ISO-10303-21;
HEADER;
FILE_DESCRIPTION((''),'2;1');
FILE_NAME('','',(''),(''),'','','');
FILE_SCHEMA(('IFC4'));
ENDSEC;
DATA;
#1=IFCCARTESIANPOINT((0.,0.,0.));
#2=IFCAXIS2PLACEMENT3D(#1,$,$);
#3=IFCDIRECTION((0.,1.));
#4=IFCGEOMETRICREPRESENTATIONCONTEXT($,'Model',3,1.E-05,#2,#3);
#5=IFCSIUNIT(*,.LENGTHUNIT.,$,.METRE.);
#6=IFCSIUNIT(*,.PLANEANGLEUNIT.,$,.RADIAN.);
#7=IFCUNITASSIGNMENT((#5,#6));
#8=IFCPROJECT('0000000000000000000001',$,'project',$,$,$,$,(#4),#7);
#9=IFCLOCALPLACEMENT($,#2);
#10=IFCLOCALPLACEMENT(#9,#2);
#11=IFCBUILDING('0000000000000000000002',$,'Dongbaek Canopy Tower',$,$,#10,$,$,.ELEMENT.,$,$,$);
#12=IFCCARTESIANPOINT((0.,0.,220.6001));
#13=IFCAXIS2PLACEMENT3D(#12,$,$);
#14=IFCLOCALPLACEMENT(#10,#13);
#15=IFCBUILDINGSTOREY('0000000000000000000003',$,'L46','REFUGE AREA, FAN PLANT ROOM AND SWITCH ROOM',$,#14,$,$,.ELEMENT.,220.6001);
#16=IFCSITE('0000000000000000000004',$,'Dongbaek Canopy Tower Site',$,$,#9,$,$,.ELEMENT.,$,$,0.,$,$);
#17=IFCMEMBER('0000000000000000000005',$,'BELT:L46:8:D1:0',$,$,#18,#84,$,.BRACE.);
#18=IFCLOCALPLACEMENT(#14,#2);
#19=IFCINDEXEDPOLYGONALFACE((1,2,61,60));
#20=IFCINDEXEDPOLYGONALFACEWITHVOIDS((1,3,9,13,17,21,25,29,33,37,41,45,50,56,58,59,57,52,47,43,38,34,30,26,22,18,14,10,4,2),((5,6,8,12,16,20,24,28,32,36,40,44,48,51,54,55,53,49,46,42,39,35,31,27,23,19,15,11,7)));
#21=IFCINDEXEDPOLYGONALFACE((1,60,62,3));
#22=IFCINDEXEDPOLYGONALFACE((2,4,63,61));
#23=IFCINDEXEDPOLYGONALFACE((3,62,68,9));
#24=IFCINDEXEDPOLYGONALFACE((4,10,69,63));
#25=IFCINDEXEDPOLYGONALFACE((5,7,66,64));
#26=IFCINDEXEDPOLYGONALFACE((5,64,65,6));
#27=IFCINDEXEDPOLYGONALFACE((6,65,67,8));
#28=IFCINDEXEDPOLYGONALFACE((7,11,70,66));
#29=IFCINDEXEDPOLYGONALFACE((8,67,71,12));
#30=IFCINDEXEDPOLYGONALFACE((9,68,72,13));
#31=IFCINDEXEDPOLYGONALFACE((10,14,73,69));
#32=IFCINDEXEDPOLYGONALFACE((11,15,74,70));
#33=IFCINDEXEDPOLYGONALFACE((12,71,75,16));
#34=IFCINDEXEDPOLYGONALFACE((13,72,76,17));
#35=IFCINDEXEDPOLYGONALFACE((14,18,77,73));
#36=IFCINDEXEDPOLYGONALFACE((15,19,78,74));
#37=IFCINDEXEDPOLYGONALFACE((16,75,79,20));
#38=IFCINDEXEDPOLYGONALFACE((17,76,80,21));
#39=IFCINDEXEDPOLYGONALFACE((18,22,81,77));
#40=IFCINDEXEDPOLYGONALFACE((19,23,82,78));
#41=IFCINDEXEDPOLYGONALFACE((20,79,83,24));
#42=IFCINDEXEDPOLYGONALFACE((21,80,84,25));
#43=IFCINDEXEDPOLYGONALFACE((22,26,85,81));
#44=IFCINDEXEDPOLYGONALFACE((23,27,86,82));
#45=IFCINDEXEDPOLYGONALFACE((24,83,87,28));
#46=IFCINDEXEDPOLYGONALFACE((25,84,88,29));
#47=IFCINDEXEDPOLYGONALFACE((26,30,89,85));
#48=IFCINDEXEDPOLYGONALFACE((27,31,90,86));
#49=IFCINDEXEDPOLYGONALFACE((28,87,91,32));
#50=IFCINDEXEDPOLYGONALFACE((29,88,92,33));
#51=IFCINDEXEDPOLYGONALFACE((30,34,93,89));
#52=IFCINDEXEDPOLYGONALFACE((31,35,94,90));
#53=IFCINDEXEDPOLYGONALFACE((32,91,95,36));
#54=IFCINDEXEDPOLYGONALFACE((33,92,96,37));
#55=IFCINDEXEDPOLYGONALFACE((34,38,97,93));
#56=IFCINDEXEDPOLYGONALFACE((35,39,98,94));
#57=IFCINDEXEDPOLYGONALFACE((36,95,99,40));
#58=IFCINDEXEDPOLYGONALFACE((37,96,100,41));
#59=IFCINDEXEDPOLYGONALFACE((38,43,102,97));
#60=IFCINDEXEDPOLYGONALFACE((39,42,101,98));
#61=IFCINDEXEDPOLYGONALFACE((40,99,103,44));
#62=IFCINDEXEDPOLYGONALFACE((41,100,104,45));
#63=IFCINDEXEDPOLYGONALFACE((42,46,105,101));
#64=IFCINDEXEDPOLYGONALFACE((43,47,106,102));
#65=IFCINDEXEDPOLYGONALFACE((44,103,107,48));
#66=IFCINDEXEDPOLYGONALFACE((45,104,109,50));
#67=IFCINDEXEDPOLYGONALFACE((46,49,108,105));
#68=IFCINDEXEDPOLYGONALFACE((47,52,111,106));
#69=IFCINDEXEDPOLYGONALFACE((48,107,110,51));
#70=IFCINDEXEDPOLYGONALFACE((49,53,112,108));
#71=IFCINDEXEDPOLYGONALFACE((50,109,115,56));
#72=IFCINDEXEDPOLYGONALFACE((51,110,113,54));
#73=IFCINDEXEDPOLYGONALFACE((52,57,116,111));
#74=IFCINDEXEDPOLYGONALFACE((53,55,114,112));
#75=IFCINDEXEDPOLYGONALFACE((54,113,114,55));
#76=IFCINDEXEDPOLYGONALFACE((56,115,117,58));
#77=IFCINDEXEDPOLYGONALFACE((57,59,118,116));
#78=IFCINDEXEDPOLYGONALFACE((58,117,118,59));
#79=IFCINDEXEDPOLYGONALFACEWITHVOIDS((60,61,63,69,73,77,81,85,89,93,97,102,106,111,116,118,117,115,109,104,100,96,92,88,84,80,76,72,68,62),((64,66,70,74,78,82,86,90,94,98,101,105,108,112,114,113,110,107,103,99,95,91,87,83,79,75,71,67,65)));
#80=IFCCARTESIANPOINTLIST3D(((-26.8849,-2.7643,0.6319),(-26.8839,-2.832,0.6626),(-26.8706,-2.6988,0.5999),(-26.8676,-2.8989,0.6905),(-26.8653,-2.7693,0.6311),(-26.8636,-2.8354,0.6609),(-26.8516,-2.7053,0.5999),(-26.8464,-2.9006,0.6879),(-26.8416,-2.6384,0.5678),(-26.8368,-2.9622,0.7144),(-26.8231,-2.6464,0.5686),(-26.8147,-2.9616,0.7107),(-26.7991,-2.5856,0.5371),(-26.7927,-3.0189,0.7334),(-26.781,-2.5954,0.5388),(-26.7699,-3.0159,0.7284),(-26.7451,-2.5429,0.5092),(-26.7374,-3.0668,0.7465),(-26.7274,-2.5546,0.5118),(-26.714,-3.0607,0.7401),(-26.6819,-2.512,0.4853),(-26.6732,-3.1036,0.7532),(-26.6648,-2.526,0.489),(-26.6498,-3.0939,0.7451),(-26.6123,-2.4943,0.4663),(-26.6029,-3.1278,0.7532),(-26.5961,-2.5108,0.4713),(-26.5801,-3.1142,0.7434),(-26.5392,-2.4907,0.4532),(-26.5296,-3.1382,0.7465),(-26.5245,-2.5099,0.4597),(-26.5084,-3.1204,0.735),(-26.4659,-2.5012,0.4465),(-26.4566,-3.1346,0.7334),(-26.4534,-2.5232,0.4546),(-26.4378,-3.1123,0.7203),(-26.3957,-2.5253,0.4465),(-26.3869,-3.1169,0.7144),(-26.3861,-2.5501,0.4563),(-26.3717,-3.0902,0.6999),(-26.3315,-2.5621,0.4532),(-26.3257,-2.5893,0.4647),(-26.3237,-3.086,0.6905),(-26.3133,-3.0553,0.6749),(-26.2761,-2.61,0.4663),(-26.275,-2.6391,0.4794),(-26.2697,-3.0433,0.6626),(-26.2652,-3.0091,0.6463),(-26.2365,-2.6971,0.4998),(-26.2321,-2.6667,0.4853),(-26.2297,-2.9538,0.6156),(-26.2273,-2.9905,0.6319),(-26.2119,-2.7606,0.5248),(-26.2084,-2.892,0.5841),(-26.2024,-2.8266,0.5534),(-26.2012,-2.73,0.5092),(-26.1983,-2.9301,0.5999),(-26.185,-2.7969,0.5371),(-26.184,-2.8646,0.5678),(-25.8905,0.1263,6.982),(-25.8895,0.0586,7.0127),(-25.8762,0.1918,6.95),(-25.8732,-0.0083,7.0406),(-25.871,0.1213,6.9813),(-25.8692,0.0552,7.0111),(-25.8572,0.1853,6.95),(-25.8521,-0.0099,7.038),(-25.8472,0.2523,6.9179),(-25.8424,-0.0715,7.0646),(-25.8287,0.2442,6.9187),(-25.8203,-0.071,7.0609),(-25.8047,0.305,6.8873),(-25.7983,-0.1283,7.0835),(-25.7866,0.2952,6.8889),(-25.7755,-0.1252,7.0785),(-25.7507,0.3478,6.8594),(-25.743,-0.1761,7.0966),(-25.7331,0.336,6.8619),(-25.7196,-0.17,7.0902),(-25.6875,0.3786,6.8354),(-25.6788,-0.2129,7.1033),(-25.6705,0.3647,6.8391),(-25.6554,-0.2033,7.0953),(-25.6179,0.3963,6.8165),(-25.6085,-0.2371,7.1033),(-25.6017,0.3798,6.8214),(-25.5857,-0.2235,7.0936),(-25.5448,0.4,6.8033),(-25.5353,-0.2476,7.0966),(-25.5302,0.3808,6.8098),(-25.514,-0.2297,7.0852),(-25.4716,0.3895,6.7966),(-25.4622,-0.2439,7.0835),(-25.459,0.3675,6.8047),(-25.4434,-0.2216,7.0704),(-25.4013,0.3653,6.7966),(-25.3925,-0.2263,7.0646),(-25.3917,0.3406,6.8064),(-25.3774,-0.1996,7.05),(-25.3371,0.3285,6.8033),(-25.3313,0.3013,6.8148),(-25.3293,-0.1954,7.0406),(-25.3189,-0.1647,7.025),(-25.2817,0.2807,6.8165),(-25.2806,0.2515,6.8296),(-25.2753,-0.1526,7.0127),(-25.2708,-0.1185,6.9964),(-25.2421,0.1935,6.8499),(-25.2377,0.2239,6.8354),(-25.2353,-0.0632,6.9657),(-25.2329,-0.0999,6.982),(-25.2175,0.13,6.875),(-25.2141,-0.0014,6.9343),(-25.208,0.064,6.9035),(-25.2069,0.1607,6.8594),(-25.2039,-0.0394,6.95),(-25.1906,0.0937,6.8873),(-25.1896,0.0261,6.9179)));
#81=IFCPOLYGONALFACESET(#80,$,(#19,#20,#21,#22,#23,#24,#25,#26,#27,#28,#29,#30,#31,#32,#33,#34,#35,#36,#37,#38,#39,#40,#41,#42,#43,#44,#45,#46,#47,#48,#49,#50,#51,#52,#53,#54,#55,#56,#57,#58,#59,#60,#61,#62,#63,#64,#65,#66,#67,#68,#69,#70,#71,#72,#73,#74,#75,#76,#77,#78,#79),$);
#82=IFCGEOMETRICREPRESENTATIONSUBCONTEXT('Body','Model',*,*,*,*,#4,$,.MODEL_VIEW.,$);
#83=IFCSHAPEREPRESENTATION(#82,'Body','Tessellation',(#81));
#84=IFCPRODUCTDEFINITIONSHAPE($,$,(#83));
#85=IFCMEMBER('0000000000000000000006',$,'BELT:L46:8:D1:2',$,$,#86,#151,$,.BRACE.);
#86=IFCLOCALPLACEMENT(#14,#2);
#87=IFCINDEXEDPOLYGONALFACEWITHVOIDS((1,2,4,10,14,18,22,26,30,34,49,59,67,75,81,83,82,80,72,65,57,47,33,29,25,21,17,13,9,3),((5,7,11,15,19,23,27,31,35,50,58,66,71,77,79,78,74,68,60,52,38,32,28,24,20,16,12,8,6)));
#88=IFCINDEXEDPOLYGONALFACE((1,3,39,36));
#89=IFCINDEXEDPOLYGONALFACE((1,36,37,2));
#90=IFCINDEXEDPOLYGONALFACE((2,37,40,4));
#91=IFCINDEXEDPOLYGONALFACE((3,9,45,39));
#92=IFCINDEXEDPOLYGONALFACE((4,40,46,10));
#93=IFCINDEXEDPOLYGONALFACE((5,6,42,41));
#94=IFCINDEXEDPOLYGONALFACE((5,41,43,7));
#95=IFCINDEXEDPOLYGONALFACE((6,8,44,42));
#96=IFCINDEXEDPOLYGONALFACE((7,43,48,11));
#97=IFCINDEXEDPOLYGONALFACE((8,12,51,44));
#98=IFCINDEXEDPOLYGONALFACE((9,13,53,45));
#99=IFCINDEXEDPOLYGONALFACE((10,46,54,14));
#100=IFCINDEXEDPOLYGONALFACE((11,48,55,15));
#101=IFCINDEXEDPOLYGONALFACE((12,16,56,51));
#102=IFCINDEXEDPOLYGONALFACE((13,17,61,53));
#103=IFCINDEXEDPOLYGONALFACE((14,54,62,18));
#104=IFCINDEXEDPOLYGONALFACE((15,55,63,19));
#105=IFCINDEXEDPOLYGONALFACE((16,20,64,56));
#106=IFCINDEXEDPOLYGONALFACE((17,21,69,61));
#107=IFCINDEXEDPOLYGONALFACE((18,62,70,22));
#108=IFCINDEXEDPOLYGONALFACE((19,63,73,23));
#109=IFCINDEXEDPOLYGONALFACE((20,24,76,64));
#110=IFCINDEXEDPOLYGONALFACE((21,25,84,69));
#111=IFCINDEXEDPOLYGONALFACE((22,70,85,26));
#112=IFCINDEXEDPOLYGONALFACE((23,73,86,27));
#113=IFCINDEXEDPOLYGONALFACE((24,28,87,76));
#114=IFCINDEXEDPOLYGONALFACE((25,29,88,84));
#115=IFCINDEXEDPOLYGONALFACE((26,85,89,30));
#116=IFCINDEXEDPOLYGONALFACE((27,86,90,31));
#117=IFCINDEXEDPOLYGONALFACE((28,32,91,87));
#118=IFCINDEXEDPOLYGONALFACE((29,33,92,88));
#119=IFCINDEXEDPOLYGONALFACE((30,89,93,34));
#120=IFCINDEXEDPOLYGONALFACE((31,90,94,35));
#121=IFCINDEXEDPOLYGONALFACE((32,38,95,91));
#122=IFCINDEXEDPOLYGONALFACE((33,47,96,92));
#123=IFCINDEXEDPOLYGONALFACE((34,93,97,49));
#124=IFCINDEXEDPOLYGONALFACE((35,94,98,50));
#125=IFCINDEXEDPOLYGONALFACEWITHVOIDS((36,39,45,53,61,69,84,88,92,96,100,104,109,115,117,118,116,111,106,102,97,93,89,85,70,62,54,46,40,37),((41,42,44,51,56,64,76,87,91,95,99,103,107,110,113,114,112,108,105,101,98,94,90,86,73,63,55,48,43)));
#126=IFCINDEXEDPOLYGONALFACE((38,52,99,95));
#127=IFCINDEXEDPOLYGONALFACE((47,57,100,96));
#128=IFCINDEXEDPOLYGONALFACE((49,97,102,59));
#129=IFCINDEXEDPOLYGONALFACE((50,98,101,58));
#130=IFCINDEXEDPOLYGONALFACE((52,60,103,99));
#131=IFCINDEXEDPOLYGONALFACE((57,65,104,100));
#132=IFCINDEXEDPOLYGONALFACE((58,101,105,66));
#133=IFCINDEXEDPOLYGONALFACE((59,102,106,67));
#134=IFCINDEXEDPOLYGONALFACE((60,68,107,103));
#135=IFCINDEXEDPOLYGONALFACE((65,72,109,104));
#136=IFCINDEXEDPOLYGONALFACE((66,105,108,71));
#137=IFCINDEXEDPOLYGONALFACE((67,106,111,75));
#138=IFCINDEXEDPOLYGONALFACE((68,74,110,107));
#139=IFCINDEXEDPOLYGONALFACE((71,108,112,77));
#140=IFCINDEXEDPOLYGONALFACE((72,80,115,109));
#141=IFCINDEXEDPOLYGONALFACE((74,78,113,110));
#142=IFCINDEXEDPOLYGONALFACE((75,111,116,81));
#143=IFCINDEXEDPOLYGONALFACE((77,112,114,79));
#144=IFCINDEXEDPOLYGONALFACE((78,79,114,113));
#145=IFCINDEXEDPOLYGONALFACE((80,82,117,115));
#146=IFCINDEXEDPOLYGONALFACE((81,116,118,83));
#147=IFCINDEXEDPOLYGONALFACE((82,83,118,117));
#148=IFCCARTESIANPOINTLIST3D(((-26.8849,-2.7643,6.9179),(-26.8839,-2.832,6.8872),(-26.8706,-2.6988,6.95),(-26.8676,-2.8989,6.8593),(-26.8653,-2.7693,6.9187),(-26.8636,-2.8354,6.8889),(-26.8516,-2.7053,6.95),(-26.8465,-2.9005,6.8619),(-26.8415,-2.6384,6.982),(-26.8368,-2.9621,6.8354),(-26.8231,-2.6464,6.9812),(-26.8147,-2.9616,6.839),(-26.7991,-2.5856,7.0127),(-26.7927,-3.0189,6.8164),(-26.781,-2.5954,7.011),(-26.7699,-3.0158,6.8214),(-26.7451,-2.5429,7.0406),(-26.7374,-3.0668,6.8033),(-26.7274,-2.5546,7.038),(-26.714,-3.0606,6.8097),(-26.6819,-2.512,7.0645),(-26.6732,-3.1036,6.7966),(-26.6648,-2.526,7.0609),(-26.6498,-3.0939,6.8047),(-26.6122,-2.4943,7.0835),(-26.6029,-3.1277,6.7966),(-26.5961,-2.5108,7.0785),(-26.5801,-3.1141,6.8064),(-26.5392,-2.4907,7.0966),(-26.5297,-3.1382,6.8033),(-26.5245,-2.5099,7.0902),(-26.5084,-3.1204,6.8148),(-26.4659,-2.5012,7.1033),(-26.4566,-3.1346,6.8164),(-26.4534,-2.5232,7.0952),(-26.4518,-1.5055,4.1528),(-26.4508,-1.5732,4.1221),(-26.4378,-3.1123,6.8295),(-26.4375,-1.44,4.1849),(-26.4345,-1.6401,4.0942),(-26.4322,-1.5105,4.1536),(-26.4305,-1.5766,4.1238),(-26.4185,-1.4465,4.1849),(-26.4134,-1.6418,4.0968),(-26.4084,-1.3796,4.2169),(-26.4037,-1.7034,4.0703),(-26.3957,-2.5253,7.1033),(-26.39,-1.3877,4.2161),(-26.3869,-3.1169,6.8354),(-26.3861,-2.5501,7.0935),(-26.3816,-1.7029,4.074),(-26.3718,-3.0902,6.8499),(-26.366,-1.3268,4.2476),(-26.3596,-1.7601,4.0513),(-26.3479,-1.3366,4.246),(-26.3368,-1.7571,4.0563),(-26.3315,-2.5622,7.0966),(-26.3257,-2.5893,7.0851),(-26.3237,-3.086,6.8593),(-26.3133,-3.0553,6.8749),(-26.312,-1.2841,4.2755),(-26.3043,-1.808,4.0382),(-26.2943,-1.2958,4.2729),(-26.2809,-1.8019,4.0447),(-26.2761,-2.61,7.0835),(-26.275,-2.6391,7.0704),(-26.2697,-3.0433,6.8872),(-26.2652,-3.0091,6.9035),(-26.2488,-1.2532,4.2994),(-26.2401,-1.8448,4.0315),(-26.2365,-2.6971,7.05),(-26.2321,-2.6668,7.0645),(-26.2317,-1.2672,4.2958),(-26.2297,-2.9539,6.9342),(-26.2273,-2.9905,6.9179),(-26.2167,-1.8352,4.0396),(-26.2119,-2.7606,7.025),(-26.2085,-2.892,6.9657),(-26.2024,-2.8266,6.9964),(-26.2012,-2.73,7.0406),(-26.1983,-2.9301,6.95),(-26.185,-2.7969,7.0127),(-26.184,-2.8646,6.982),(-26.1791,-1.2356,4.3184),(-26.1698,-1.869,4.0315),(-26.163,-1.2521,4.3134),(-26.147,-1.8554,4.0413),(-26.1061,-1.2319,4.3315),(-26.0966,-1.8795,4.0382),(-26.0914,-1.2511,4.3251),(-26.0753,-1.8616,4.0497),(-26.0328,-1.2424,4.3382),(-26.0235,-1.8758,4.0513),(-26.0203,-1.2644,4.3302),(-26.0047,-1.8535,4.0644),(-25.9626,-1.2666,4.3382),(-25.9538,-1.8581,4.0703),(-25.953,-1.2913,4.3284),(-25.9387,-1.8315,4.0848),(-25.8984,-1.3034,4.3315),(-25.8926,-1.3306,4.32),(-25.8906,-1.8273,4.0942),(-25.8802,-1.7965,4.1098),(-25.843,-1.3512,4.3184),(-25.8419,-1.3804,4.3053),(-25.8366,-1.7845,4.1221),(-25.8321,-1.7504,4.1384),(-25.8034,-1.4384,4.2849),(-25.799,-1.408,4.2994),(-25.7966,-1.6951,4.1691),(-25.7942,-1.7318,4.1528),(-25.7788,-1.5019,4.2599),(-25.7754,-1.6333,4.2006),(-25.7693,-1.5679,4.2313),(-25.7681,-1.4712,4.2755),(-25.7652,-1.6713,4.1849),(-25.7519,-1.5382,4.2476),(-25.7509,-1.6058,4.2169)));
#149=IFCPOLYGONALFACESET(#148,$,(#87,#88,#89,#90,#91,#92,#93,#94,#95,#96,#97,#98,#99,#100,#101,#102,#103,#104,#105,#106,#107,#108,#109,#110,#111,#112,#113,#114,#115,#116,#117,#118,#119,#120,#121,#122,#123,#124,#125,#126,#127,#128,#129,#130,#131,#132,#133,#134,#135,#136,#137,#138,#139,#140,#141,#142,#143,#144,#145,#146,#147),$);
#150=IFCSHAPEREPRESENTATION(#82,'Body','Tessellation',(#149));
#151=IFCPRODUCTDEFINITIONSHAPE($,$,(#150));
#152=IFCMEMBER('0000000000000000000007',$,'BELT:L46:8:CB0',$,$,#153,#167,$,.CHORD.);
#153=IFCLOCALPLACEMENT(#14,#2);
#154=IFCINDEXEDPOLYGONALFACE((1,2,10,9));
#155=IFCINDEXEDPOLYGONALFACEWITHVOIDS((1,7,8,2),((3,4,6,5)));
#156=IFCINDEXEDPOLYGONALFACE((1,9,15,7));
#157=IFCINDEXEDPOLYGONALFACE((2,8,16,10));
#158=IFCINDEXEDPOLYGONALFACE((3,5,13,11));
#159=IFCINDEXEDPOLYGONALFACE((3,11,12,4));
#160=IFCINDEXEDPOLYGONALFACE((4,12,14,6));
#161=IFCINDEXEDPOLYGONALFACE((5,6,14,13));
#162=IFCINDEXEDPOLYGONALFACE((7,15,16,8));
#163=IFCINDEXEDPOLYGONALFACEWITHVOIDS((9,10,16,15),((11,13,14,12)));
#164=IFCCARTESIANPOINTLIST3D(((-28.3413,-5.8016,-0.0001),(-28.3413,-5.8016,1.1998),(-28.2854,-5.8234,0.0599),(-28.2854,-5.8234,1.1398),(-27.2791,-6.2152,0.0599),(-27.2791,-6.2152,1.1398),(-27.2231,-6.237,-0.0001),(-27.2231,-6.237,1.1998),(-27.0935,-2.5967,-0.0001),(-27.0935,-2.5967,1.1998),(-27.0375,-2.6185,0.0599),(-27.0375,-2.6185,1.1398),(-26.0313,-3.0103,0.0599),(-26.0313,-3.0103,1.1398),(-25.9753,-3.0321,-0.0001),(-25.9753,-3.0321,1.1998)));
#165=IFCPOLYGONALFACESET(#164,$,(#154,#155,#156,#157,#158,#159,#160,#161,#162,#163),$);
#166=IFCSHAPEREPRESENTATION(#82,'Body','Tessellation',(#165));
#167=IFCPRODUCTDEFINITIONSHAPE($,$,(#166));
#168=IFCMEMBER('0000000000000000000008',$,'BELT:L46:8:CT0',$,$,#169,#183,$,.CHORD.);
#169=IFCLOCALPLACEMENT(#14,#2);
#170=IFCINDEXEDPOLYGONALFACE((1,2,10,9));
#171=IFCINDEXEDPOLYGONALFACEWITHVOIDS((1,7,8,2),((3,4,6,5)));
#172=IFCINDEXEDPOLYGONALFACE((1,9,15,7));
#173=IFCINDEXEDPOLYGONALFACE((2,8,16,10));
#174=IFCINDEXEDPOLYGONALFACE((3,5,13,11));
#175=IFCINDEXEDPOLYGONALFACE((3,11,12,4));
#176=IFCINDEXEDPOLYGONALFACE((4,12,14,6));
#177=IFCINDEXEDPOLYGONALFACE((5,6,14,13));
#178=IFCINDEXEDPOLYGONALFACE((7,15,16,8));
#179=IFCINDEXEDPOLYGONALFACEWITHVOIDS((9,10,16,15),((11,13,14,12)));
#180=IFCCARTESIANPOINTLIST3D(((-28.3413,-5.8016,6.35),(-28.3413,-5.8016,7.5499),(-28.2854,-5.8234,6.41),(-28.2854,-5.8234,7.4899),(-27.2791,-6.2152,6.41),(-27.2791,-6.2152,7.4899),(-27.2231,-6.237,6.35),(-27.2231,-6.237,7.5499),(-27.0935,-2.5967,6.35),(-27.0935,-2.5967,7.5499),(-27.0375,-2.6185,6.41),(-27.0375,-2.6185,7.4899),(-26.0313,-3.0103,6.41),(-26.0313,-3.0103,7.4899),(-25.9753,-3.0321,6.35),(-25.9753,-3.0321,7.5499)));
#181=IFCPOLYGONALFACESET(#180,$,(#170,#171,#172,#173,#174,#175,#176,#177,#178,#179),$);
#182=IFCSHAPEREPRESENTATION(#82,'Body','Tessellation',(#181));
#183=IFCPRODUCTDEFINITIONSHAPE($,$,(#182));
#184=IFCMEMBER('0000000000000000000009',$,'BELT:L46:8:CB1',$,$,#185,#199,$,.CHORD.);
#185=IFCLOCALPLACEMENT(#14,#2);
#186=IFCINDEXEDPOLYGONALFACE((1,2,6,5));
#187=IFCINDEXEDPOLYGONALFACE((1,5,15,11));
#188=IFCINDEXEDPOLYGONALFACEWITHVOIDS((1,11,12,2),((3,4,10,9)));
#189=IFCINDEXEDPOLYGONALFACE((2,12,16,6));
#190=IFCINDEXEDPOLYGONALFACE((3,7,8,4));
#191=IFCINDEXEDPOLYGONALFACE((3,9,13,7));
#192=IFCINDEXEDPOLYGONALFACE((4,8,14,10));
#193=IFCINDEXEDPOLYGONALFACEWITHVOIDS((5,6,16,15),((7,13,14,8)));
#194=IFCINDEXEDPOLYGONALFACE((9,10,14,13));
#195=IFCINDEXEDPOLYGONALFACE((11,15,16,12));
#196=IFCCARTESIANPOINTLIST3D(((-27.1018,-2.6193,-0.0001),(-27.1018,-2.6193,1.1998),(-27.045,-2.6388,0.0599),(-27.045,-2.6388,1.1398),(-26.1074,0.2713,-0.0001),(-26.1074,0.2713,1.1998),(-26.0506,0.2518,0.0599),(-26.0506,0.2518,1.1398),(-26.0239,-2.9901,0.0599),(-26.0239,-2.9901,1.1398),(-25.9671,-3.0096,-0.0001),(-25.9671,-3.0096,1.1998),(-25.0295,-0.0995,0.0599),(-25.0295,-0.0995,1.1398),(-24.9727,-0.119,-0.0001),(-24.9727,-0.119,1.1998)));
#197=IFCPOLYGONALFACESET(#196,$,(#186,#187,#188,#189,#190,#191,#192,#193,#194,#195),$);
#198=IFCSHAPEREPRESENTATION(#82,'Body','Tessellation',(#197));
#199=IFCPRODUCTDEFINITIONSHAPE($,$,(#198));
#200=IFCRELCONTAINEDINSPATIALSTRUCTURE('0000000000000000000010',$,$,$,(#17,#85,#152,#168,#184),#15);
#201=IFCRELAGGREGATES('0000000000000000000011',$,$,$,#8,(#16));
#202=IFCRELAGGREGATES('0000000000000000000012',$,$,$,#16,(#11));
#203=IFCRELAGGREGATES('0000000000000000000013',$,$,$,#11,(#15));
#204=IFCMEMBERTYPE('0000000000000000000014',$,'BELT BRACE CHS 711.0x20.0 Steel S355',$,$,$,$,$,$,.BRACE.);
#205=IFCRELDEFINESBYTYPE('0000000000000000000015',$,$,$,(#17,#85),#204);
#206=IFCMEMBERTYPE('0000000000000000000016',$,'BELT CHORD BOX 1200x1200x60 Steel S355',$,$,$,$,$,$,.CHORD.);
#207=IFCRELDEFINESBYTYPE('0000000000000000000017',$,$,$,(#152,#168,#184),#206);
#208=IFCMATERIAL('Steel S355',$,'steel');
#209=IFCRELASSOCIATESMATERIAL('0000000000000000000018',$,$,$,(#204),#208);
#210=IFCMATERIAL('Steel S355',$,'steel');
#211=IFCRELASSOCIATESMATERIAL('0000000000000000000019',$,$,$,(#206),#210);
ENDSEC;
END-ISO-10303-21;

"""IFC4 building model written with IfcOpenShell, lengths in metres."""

from ifc_helpers import new_model, si_unit, direction, frame, origin, origin_2d, place, context, subcontext, project, spatial, hollow_rectangle, hollow_circle, extrude, material, material_profile, profile_set, type_object, element, save


model = new_model("IFC4")

# Units and contexts
model_context = context("Model", 3, precision=1e-05, world=origin(), true_north=direction((0.0, 1.0)))
body_context = subcontext(model_context, "Body", "Model", "MODEL_VIEW")
ifc_project = project(units=[si_unit("LENGTHUNIT", "METRE"), si_unit("PLANEANGLEUNIT", "RADIAN")], contexts=[model_context])

# Site, building, storey
site_placement = place(None, origin())
site = spatial("IfcSite", under=ifc_project, at=site_placement, Name="Dongbaek Canopy Tower Site", CompositionType="ELEMENT", RefElevation=0.0)
building_placement = place(site_placement, origin())
building = spatial("IfcBuilding", under=site, at=building_placement, Name="Dongbaek Canopy Tower", CompositionType="ELEMENT")
storey_placement = place(building_placement, frame((0.0, 0.0, 220.6001)))
storey = spatial("IfcBuildingStorey", under=building, at=storey_placement, Name="L46", Description="REFUGE AREA, FAN PLANT ROOM AND SWITCH ROOM", CompositionType="ELEMENT", Elevation=220.6001)

# Members
ifc_material_1 = material(Name="Steel S355", Category="steel")
ifc_material_profile_1 = material_profile(ifc_material_1, hollow_circle(Radius=0.3555, WallThickness=0.02, at=origin_2d()), Name="BELT BRACE CHS 711.0x20.0 Steel S355")
ifc_profile_set_1 = profile_set([ifc_material_profile_1], Name="Steel S355")
member_type_1 = type_object("IfcMemberType", Name="BELT BRACE CHS 711.0x20.0 Steel S355", PredefinedType="BRACE", material=ifc_profile_set_1)
member_1_placement = place(storey_placement, frame((-26.5344, -2.8145, 0.5999), z_axis=(0.141096, 0.410159, 0.901034), x_axis=(-0.945613, 0.325294, 0.0)))
element("IfcMember", 1, at=member_1_placement, inside=storey, type_object=member_type_1, Name="BELT:L46:8:D1:0", PredefinedType="BRACE", context=body_context, shape_type="SweptSolid", body=[
    extrude(hollow_circle(Radius=0.3555, WallThickness=0.02, at=origin_2d()), origin(), (0.0, 0.0, 1.0), 7.0476),
])
member_2_placement = place(storey_placement, frame((-26.5344, -2.8145, 6.95), z_axis=(0.141128, 0.410177, -0.901021), x_axis=(-0.945595, 0.325346, 0.0)))
element("IfcMember", 2, at=member_2_placement, inside=storey, type_object=member_type_1, Name="BELT:L46:8:D1:2", PredefinedType="BRACE", context=body_context, shape_type="SweptSolid", body=[
    extrude(hollow_circle(Radius=0.3555, WallThickness=0.02, at=origin_2d()), origin(), (0.0, 0.0, 1.0), 3.0688),
])
ifc_material_2 = material(Name="Steel S355", Category="steel")
ifc_material_profile_2 = material_profile(ifc_material_2, hollow_rectangle(XDim=1.2, YDim=1.2, WallThickness=0.0601, at=origin_2d()), Name="BELT CHORD BOX 1200x1200x60 Steel S355")
ifc_profile_set_2 = profile_set([ifc_material_profile_2], Name="Steel S355")
member_type_2 = type_object("IfcMemberType", Name="BELT CHORD BOX 1200x1200x60 Steel S355", PredefinedType="CHORD", material=ifc_profile_set_2)
for number, where, z_axis, x_axis, name in (
    (3, (-27.7822, -6.0193, 0.5999), (0.36282, 0.931859, 0.0), (-0.931859, 0.36282, 0.0), "BELT:L46:8:CB0"),
    (4, (-27.7822, -6.0193, 6.95), (0.36282, 0.931859, 0.0), (-0.931859, 0.36282, 0.0), "BELT:L46:8:CT0"),
):
    element("IfcMember", number, at=place(storey_placement, frame(where, z_axis=z_axis, x_axis=x_axis)), inside=storey, type_object=member_type_2, Name=name, PredefinedType="CHORD", context=body_context, shape_type="SweptSolid", body=[
        extrude(hollow_rectangle(XDim=1.2, YDim=1.2, WallThickness=0.0601, at=origin_2d()), origin(), (0.0, 0.0, 1.0), 3.4392),
    ])
for number, where, z_axis, x_axis, name in (
    (5, (-26.5344, -2.8145, 0.5999), (0.325294, 0.945613, 0.0), (-0.945613, 0.325294, 0.0), "BELT:L46:8:CB1"),
):
    element("IfcMember", number, at=place(storey_placement, frame(where, z_axis=z_axis, x_axis=x_axis)), inside=storey, type_object=member_type_2, Name=name, PredefinedType="CHORD", context=body_context, shape_type="SweptSolid", body=[
        extrude(hollow_rectangle(XDim=1.2, YDim=1.2, WallThickness=0.0601, at=origin_2d()), origin(), (0.0, 0.0, 1.0), 3.0569),
    ])

save(model, "model.ifc")
